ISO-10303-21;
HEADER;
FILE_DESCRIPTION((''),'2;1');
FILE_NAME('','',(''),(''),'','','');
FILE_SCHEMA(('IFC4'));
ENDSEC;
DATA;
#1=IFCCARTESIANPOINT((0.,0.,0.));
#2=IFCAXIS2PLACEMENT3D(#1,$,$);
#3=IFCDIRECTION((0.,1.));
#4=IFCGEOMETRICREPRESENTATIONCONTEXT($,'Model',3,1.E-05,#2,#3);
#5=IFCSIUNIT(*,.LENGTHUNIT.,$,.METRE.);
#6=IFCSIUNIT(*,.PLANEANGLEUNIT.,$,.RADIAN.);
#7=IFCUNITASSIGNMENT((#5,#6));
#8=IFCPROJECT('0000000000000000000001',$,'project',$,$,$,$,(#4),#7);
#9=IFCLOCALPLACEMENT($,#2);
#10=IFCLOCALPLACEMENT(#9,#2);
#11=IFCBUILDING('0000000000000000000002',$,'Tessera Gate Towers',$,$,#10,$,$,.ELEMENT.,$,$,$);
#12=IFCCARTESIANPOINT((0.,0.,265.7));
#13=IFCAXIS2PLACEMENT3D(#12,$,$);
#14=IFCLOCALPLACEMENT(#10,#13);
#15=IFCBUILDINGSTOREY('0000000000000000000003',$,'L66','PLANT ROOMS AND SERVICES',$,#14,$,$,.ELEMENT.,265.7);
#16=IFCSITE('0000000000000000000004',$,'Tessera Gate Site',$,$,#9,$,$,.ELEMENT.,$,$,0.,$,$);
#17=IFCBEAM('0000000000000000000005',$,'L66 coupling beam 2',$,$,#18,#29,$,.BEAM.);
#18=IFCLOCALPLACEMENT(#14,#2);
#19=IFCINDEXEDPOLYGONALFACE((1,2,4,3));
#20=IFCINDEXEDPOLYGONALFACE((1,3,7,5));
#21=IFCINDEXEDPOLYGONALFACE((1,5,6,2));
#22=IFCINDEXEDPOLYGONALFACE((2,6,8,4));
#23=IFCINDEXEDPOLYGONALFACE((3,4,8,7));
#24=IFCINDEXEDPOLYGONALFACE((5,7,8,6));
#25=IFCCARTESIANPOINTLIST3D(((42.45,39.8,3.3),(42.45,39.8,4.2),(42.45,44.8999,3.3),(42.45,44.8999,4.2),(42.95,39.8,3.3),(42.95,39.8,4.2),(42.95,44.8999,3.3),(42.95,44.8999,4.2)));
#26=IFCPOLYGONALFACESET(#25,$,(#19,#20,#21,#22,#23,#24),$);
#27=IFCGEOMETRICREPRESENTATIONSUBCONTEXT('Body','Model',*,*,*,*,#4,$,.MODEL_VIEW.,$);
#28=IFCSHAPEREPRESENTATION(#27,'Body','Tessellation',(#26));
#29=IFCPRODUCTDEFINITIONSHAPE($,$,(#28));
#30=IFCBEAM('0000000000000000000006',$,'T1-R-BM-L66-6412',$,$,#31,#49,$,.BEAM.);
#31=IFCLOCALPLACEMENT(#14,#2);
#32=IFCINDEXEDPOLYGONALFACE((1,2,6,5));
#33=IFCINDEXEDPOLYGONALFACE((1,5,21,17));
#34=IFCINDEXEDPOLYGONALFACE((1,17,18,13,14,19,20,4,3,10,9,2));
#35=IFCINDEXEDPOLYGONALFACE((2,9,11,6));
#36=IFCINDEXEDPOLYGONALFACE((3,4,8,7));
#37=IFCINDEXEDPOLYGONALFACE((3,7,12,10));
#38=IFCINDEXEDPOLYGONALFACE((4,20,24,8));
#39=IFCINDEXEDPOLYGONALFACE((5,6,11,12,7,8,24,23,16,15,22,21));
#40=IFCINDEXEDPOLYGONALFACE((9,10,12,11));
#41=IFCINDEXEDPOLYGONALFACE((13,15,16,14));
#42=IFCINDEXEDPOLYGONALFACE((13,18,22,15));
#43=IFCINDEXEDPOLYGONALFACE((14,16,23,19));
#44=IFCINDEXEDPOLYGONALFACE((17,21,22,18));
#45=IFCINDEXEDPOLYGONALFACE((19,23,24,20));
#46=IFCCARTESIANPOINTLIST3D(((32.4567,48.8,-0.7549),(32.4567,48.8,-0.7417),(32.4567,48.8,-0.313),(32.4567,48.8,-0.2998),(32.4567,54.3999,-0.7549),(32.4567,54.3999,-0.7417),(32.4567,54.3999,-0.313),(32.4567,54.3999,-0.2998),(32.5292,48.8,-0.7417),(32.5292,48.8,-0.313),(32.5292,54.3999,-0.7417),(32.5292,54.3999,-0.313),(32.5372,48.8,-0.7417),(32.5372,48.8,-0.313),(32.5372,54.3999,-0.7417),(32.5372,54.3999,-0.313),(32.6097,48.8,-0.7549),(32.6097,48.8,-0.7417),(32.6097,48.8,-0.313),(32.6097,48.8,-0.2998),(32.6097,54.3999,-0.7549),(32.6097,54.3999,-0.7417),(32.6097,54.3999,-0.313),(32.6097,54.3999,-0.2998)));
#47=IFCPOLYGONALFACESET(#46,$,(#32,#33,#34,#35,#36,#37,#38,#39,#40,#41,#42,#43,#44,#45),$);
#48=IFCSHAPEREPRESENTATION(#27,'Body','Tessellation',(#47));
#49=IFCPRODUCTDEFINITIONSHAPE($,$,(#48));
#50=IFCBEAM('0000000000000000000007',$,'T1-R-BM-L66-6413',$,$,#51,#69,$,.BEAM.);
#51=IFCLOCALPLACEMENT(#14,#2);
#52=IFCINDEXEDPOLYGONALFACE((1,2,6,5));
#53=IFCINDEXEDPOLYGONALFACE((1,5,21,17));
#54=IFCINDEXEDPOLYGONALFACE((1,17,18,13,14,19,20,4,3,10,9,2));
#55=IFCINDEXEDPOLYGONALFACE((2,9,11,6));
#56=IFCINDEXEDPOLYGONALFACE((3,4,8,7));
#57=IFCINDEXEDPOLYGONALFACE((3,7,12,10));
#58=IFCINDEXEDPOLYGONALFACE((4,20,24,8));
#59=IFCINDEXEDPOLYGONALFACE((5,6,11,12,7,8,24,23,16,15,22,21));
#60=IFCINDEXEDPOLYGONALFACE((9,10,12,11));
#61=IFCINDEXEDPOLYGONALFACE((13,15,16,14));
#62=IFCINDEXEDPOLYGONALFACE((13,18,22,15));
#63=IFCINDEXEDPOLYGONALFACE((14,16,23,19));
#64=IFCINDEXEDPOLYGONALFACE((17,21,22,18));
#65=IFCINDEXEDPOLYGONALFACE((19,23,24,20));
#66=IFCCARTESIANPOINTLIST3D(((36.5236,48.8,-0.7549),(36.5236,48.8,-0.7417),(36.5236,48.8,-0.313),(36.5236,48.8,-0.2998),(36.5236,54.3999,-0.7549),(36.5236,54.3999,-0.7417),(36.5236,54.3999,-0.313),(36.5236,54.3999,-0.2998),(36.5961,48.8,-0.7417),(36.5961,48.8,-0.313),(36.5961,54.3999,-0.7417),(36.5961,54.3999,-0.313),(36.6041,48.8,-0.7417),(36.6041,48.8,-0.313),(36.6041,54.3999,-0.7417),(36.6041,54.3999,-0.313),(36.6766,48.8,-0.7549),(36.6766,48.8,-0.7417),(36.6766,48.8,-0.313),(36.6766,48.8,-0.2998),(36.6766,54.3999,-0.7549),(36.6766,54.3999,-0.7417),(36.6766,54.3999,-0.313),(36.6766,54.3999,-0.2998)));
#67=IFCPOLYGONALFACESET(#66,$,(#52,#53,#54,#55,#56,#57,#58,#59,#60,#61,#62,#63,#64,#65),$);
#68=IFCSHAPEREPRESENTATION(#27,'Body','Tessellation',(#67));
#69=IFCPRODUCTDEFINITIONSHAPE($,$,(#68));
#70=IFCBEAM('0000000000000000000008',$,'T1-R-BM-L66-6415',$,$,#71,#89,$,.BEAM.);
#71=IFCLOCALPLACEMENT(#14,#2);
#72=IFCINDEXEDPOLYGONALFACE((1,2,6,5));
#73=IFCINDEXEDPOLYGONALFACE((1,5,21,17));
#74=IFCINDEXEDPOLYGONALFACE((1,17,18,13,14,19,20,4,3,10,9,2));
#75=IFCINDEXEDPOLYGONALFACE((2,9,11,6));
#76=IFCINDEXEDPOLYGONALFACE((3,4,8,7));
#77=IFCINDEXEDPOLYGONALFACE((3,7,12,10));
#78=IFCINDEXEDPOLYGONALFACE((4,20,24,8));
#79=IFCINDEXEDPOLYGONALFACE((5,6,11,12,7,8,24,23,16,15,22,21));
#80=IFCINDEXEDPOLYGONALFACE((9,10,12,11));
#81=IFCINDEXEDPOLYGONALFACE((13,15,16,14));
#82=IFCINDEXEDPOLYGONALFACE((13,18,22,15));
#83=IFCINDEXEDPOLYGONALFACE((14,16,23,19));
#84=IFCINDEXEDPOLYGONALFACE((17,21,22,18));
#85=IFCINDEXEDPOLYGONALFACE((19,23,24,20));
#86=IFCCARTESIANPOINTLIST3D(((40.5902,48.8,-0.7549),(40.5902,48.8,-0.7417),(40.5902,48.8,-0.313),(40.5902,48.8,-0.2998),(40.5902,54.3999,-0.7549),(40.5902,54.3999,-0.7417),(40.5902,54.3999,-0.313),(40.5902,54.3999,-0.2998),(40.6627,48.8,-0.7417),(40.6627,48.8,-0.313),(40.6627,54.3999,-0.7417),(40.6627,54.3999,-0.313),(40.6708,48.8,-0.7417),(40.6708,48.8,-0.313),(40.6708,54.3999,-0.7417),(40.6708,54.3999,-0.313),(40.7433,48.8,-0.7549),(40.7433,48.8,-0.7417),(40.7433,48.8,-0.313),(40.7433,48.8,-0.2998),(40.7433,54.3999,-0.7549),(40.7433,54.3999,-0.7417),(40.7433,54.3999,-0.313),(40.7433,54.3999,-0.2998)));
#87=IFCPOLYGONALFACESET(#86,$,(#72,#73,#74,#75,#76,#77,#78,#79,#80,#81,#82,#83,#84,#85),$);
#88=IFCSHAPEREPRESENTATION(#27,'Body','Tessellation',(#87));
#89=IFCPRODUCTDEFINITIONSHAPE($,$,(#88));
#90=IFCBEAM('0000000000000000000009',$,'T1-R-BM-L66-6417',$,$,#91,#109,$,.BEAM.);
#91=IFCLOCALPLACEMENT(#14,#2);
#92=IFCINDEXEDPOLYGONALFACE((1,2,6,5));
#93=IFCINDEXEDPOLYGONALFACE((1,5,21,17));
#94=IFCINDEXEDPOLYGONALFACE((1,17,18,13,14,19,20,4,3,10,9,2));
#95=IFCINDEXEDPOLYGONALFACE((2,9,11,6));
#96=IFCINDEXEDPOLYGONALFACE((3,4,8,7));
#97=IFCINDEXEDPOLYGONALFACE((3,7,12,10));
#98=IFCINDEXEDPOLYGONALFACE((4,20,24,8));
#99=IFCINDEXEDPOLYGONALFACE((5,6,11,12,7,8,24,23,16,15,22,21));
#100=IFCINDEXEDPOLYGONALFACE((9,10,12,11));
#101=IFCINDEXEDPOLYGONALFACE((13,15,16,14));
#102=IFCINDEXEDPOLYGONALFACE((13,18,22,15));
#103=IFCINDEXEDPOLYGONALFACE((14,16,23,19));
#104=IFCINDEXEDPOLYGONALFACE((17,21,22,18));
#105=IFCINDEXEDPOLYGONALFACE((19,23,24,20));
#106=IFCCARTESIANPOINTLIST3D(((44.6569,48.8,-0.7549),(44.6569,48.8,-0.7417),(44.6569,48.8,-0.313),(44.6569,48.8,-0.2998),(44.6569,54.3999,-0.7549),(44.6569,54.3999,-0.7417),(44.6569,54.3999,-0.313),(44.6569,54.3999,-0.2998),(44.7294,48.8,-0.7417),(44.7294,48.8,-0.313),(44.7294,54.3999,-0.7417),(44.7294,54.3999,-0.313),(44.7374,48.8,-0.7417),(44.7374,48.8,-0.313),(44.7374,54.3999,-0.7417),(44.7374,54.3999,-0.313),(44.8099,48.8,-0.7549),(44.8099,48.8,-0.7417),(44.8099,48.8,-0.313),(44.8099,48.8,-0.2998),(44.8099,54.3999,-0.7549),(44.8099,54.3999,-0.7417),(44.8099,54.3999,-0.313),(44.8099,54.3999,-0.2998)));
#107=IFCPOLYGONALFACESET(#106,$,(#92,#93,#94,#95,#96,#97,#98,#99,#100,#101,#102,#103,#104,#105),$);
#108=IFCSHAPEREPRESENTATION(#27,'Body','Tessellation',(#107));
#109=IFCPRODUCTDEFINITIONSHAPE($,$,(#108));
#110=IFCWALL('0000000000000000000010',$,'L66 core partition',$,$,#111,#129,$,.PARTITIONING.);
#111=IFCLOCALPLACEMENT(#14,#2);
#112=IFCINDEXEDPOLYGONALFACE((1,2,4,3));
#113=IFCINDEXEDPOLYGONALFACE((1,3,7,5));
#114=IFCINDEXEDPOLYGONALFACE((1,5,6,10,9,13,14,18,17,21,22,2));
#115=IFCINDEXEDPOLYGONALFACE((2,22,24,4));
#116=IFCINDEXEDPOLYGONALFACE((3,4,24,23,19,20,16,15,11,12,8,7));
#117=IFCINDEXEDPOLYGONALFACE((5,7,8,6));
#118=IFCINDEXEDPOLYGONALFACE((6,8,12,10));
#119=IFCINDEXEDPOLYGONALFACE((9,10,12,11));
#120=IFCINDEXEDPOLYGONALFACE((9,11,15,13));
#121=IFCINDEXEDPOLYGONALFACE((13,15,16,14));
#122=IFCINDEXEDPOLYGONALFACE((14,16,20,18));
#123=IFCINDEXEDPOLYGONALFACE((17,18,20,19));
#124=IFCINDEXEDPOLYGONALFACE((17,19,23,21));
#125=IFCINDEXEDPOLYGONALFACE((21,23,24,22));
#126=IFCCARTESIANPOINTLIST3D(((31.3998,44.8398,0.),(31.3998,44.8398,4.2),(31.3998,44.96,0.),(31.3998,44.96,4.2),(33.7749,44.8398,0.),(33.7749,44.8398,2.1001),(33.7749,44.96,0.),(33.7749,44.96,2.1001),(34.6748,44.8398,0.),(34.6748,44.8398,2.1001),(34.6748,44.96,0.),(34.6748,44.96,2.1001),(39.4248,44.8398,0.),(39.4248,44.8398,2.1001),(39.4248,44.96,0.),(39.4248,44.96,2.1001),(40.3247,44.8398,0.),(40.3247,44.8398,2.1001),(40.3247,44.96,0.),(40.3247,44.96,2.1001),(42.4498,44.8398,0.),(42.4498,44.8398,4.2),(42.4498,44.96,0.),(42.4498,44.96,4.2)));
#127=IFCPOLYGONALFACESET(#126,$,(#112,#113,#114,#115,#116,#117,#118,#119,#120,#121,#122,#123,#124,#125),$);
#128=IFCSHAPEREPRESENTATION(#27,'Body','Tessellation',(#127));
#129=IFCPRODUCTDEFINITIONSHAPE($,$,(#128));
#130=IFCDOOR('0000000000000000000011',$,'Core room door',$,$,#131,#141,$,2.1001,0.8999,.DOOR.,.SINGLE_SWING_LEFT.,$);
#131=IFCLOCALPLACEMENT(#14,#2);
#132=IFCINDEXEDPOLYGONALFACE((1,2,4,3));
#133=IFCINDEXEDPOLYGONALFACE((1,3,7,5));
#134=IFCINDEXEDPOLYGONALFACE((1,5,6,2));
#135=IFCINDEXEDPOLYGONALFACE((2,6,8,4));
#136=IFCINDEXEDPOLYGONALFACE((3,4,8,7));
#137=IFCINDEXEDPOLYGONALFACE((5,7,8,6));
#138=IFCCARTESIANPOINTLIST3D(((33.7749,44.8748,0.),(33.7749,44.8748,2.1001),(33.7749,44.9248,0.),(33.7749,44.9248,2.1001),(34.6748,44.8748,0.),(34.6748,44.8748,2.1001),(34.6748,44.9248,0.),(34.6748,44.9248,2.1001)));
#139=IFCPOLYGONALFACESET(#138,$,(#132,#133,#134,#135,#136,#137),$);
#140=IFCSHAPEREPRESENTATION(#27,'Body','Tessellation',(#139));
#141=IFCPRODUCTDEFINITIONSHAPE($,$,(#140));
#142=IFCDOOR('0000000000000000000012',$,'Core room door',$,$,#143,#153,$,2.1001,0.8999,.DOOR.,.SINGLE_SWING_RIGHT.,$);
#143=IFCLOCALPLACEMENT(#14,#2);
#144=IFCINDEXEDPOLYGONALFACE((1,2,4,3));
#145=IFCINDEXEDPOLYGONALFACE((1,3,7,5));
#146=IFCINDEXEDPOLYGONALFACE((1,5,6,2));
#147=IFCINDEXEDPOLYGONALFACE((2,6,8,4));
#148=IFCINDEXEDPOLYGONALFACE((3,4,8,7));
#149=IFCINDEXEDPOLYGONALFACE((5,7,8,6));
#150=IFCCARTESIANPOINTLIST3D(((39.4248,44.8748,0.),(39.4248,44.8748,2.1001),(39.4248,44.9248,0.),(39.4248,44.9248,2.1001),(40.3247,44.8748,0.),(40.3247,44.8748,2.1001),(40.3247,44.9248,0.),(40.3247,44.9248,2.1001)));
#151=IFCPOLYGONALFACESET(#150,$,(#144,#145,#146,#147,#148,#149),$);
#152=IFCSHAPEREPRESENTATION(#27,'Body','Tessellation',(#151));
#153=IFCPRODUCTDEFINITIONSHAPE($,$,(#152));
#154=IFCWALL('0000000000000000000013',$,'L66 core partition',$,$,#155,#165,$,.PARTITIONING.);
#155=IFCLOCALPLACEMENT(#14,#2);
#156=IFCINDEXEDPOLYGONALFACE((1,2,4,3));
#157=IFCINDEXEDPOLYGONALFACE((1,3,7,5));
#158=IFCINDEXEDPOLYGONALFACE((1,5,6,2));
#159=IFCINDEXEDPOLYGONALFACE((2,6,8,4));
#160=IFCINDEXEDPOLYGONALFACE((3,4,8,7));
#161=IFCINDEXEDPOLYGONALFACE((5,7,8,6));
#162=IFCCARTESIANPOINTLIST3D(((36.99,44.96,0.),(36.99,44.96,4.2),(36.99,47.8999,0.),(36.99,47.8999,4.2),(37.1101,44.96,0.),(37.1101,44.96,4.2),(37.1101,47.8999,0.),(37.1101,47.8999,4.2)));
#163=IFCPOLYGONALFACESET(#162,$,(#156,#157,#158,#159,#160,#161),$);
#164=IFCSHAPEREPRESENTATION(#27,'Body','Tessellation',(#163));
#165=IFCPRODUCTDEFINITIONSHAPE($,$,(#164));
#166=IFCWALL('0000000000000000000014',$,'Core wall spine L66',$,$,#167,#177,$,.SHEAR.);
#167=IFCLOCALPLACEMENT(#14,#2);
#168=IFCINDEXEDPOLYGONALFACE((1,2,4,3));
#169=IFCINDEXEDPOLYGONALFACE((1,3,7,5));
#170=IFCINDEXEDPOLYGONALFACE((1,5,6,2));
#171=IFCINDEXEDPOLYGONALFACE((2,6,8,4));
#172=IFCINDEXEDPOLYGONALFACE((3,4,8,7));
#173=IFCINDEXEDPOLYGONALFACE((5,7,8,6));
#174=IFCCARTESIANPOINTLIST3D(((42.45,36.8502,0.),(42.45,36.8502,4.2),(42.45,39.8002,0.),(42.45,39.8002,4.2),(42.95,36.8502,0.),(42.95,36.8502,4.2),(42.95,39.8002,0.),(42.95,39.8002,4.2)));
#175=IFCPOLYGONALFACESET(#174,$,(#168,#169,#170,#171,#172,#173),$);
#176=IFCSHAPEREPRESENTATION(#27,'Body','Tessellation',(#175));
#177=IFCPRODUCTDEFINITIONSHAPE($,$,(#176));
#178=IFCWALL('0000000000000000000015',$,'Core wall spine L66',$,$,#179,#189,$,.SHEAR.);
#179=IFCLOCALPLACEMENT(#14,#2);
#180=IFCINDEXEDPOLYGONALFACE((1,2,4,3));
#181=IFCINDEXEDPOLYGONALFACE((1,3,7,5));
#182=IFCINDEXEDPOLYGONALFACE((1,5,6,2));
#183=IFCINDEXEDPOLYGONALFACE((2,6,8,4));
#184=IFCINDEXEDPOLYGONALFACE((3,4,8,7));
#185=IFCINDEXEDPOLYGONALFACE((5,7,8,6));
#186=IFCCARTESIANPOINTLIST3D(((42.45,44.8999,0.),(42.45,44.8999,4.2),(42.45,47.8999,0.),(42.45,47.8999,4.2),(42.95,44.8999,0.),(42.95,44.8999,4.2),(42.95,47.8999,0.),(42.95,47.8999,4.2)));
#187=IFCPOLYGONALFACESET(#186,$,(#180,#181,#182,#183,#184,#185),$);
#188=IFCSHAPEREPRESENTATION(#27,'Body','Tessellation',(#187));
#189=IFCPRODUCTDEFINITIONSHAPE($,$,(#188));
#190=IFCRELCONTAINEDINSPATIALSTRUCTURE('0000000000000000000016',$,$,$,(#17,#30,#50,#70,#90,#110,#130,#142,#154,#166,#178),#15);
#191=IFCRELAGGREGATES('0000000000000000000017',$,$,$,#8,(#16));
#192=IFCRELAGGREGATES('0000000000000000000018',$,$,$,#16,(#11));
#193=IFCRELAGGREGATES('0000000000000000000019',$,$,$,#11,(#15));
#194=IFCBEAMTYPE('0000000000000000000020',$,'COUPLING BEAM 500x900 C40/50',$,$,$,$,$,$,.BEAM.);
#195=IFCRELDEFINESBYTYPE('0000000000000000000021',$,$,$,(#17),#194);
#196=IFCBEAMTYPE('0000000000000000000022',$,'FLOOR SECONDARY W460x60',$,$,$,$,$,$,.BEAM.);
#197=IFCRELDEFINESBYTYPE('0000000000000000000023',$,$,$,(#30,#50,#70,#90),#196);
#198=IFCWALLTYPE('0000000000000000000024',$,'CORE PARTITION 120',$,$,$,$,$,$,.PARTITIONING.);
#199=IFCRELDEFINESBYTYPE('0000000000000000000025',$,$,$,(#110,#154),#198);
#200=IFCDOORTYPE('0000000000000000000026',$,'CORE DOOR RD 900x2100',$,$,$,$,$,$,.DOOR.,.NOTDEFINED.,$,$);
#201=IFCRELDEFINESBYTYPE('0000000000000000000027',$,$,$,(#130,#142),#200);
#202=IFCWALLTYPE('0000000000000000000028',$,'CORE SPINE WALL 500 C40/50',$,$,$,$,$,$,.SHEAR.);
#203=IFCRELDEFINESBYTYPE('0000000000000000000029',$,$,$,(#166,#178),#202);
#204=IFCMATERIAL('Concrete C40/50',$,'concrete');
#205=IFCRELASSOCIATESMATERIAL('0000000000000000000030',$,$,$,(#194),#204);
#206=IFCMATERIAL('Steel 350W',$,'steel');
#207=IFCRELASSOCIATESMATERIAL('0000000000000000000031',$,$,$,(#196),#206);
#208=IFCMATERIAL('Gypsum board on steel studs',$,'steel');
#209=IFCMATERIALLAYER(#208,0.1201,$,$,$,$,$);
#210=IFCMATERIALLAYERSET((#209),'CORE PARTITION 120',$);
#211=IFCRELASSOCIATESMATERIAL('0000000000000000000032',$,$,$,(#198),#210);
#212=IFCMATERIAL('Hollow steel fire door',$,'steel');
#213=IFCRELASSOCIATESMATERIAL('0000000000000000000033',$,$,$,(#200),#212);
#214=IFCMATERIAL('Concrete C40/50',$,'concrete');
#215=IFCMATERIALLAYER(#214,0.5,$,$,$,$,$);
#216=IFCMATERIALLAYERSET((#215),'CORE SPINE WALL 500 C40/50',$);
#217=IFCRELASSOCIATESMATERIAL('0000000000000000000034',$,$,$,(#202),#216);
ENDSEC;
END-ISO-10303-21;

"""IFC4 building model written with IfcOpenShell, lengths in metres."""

from ifc_helpers import new_model, si_unit, direction, frame, frame_2d, origin, origin_2d, place, context, subcontext, project, spatial, rectangle, i_section, extrude, source, transform, mapped, material, layer, layer_set, material_profile, profile_set, type_object, element, fill, save


model = new_model("IFC4")

# Units and contexts
model_context = context("Model", 3, precision=1e-05, world=origin(), true_north=direction((0.0, 1.0)))
body_context = subcontext(model_context, "Body", "Model", "MODEL_VIEW")
ifc_project = project(units=[si_unit("LENGTHUNIT", "METRE"), si_unit("PLANEANGLEUNIT", "RADIAN")], contexts=[model_context])

# Site, building, storey
site_placement = place(None, origin())
site = spatial("IfcSite", under=ifc_project, at=site_placement, Name="Tessera Gate Site", CompositionType="ELEMENT", RefElevation=0.0)
building_placement = place(site_placement, origin())
building = spatial("IfcBuilding", under=site, at=building_placement, Name="Tessera Gate Towers", CompositionType="ELEMENT")
storey_placement = place(building_placement, frame((0.0, 0.0, 265.7)))
storey = spatial("IfcBuildingStorey", under=building, at=storey_placement, Name="L66", Description="PLANT ROOMS AND SERVICES", CompositionType="ELEMENT", Elevation=265.7)

# Beams
ifc_material_1 = material(Name="Concrete C40/50", Category="concrete")
ifc_material_profile_1 = material_profile(ifc_material_1, rectangle(XDim=0.5, YDim=0.8999, at=origin_2d()), Name="RC 500x900")
ifc_profile_set_1 = profile_set([ifc_material_profile_1], Name="Concrete C40/50")
beam_type_1 = type_object("IfcBeamType", Name="COUPLING BEAM 500x900 C40/50", PredefinedType="BEAM", material=ifc_profile_set_1)
beam_placement = place(storey_placement, frame((42.7, 39.8, 3.75), z_axis=(0.0, 1.0, 0.0), x_axis=(-1.0, 0.0, 0.0)))
element("IfcBeam", 1, at=beam_placement, inside=storey, type_object=beam_type_1, Name="L66 coupling beam 2", PredefinedType="BEAM", context=body_context, shape_type="SweptSolid", body=[
    extrude(rectangle(XDim=0.5, YDim=0.8999, at=origin_2d()), origin(), (0.0, 0.0, 1.0), 5.0999),
])
ifc_material_2 = material(Name="Steel 350W", Category="steel")
ifc_material_profile_2 = material_profile(ifc_material_2, i_section(OverallWidth=0.1531, OverallDepth=0.4551, WebThickness=0.0081, FlangeThickness=0.0132, at=origin_2d()), Name="W460x60")
ifc_profile_set_2 = profile_set([ifc_material_profile_2], Name="Steel 350W")
beam_type_2 = type_object("IfcBeamType", Name="FLOOR SECONDARY W460x60", PredefinedType="BEAM", material=ifc_profile_set_2)
for number, where, z_axis, x_axis, name in (
    (2, (32.5332, 48.8, -0.5273), (0.0, 1.0, 0.0), (-1.0, 0.0, 0.0), "T1-R-BM-L66-6412"),
    (3, (36.6001, 48.8, -0.5273), (0.0, 1.0, 0.0), (-1.0, 0.0, 0.0), "T1-R-BM-L66-6413"),
    (4, (40.6667, 48.8, -0.5273), (0.0, 1.0, 0.0), (-1.0, 0.0, 0.0), "T1-R-BM-L66-6415"),
    (5, (44.7334, 48.8, -0.5273), (0.0, 1.0, 0.0), (-1.0, 0.0, 0.0), "T1-R-BM-L66-6417"),
):
    element("IfcBeam", number, at=place(storey_placement, frame(where, z_axis=z_axis, x_axis=x_axis)), inside=storey, type_object=beam_type_2, Name=name, PredefinedType="BEAM", context=body_context, shape_type="SweptSolid", body=[
        extrude(i_section(OverallWidth=0.1531, OverallDepth=0.4551, WebThickness=0.0081, FlangeThickness=0.0132, at=origin_2d()), origin(), (0.0, 0.0, 1.0), 5.5999),
    ])

# Wall, openings, doors
ifc_material_3 = material(Name="Gypsum board on steel studs", Category="steel")
ifc_layer_1 = layer(ifc_material_3, 0.1201)
ifc_layer_set_1 = layer_set([ifc_layer_1], Name="CORE PARTITION 120")
wall_type_1 = type_object("IfcWallType", Name="CORE PARTITION 120", PredefinedType="PARTITIONING", material=ifc_layer_set_1)
wall_1_placement = place(storey_placement, frame((31.3999, 44.8999, 0.0), z_axis=(0.0, 0.0, 1.0), x_axis=(1.0, 0.0, 0.0)))
wall_1 = element("IfcWall", 6, at=wall_1_placement, inside=storey, type_object=wall_type_1, Name="L66 core partition", PredefinedType="PARTITIONING", context=body_context, shape_type="SweptSolid", body=[
    extrude(rectangle(XDim=11.05, YDim=0.1201, at=frame_2d((5.5249, 0.0))), origin(), (0.0, 0.0, 1.0), 4.2),
])
shared_shape_1 = source(origin(), body_context, "Body", "SweptSolid", [
    extrude(rectangle(XDim=0.8999, YDim=2.1001, at=frame_2d((0.45, 1.05))), frame((0.0, 0.0701, 0.0), z_axis=(0.0, -1.0, 0.0), x_axis=(1.0, 0.0, 0.0)), (0.0, 0.0, 1.0), 0.1401),
])
opening_1_placement = place(wall_1_placement, frame((2.375, 0.0, 0.0)))
opening_1 = element("IfcOpeningElement", 7, at=opening_1_placement, cuts=wall_1, PredefinedType="OPENING", context=body_context, shape_type="MappedRepresentation", body=[
    mapped(shared_shape_1, transform((0.0, 0.0, 0.0), scale=1.0)),
])
opening_2_placement = place(wall_1_placement, frame((8.0249, 0.0, 0.0)))
opening_2 = element("IfcOpeningElement", 8, at=opening_2_placement, cuts=wall_1, PredefinedType="OPENING", context=body_context, shape_type="MappedRepresentation", body=[
    mapped(shared_shape_1, transform((0.0, 0.0, 0.0), scale=1.0)),
])
ifc_material_4 = material(Name="Hollow steel fire door", Category="steel")
door_type = type_object("IfcDoorType", Name="CORE DOOR RD 900x2100", OperationType="NOTDEFINED", PredefinedType="DOOR", material=ifc_material_4)
shared_shape_2 = source(origin(), body_context, "Body", "SweptSolid", [
    extrude(rectangle(XDim=0.8999, YDim=2.1001, at=frame_2d((0.45, 1.05))), frame((0.0, 0.0249, 0.0), z_axis=(0.0, -1.0, 0.0), x_axis=(1.0, 0.0, 0.0)), (0.0, 0.0, 1.0), 0.05),
])
door_1_placement = place(opening_1_placement, origin())
door_1 = element("IfcDoor", 9, at=door_1_placement, inside=storey, type_object=door_type, Name="Core room door", OperationType="SINGLE_SWING_LEFT", OverallHeight=2.1001, OverallWidth=0.8999, PredefinedType="DOOR", context=body_context, shape_type="MappedRepresentation", body=[
    mapped(shared_shape_2, transform((0.0, 0.0, 0.0), scale=1.0)),
])
fill(opening_1, door_1)
door_2_placement = place(opening_2_placement, origin())
door_2 = element("IfcDoor", 10, at=door_2_placement, inside=storey, type_object=door_type, Name="Core room door", OperationType="SINGLE_SWING_RIGHT", OverallHeight=2.1001, OverallWidth=0.8999, PredefinedType="DOOR", context=body_context, shape_type="MappedRepresentation", body=[
    mapped(shared_shape_2, transform((0.0, 0.0, 0.0), scale=1.0)),
])
fill(opening_2, door_2)

# Walls
wall_2_placement = place(storey_placement, frame((37.05, 44.96, 0.0), z_axis=(0.0, 0.0, 1.0), x_axis=(0.0, 1.0, 0.0)))
element("IfcWall", 11, at=wall_2_placement, inside=storey, type_object=wall_type_1, Name="L66 core partition", PredefinedType="PARTITIONING", context=body_context, shape_type="SweptSolid", body=[
    extrude(rectangle(XDim=2.9399, YDim=0.1201, at=frame_2d((1.47, 0.0))), origin(), (0.0, 0.0, 1.0), 4.2),
])
ifc_material_5 = material(Name="Concrete C40/50", Category="concrete")
ifc_layer_2 = layer(ifc_material_5, 0.5)
ifc_layer_set_2 = layer_set([ifc_layer_2], Name="CORE SPINE WALL 500 C40/50")
wall_type_2 = type_object("IfcWallType", Name="CORE SPINE WALL 500 C40/50", PredefinedType="SHEAR", material=ifc_layer_set_2)
wall_3_placement = place(storey_placement, frame((42.7, 36.8501, 0.0), z_axis=(0.0, 0.0, 1.0), x_axis=(0.0, 1.0, 0.0)))
element("IfcWall", 12, at=wall_3_placement, inside=storey, type_object=wall_type_2, Name="Core wall spine L66", PredefinedType="SHEAR", context=body_context, shape_type="SweptSolid", body=[
    extrude(rectangle(XDim=2.95, YDim=0.5, at=frame_2d((1.4751, 0.0))), origin(), (0.0, 0.0, 1.0), 4.2),
])
wall_4_placement = place(storey_placement, frame((42.7, 44.8999, 0.0), z_axis=(0.0, 0.0, 1.0), x_axis=(0.0, 1.0, 0.0)))
element("IfcWall", 13, at=wall_4_placement, inside=storey, type_object=wall_type_2, Name="Core wall spine L66", PredefinedType="SHEAR", context=body_context, shape_type="SweptSolid", body=[
    extrude(rectangle(XDim=3.0, YDim=0.5, at=frame_2d((1.5, 0.0))), origin(), (0.0, 0.0, 1.0), 4.2),
])

save(model, "model.ifc")
